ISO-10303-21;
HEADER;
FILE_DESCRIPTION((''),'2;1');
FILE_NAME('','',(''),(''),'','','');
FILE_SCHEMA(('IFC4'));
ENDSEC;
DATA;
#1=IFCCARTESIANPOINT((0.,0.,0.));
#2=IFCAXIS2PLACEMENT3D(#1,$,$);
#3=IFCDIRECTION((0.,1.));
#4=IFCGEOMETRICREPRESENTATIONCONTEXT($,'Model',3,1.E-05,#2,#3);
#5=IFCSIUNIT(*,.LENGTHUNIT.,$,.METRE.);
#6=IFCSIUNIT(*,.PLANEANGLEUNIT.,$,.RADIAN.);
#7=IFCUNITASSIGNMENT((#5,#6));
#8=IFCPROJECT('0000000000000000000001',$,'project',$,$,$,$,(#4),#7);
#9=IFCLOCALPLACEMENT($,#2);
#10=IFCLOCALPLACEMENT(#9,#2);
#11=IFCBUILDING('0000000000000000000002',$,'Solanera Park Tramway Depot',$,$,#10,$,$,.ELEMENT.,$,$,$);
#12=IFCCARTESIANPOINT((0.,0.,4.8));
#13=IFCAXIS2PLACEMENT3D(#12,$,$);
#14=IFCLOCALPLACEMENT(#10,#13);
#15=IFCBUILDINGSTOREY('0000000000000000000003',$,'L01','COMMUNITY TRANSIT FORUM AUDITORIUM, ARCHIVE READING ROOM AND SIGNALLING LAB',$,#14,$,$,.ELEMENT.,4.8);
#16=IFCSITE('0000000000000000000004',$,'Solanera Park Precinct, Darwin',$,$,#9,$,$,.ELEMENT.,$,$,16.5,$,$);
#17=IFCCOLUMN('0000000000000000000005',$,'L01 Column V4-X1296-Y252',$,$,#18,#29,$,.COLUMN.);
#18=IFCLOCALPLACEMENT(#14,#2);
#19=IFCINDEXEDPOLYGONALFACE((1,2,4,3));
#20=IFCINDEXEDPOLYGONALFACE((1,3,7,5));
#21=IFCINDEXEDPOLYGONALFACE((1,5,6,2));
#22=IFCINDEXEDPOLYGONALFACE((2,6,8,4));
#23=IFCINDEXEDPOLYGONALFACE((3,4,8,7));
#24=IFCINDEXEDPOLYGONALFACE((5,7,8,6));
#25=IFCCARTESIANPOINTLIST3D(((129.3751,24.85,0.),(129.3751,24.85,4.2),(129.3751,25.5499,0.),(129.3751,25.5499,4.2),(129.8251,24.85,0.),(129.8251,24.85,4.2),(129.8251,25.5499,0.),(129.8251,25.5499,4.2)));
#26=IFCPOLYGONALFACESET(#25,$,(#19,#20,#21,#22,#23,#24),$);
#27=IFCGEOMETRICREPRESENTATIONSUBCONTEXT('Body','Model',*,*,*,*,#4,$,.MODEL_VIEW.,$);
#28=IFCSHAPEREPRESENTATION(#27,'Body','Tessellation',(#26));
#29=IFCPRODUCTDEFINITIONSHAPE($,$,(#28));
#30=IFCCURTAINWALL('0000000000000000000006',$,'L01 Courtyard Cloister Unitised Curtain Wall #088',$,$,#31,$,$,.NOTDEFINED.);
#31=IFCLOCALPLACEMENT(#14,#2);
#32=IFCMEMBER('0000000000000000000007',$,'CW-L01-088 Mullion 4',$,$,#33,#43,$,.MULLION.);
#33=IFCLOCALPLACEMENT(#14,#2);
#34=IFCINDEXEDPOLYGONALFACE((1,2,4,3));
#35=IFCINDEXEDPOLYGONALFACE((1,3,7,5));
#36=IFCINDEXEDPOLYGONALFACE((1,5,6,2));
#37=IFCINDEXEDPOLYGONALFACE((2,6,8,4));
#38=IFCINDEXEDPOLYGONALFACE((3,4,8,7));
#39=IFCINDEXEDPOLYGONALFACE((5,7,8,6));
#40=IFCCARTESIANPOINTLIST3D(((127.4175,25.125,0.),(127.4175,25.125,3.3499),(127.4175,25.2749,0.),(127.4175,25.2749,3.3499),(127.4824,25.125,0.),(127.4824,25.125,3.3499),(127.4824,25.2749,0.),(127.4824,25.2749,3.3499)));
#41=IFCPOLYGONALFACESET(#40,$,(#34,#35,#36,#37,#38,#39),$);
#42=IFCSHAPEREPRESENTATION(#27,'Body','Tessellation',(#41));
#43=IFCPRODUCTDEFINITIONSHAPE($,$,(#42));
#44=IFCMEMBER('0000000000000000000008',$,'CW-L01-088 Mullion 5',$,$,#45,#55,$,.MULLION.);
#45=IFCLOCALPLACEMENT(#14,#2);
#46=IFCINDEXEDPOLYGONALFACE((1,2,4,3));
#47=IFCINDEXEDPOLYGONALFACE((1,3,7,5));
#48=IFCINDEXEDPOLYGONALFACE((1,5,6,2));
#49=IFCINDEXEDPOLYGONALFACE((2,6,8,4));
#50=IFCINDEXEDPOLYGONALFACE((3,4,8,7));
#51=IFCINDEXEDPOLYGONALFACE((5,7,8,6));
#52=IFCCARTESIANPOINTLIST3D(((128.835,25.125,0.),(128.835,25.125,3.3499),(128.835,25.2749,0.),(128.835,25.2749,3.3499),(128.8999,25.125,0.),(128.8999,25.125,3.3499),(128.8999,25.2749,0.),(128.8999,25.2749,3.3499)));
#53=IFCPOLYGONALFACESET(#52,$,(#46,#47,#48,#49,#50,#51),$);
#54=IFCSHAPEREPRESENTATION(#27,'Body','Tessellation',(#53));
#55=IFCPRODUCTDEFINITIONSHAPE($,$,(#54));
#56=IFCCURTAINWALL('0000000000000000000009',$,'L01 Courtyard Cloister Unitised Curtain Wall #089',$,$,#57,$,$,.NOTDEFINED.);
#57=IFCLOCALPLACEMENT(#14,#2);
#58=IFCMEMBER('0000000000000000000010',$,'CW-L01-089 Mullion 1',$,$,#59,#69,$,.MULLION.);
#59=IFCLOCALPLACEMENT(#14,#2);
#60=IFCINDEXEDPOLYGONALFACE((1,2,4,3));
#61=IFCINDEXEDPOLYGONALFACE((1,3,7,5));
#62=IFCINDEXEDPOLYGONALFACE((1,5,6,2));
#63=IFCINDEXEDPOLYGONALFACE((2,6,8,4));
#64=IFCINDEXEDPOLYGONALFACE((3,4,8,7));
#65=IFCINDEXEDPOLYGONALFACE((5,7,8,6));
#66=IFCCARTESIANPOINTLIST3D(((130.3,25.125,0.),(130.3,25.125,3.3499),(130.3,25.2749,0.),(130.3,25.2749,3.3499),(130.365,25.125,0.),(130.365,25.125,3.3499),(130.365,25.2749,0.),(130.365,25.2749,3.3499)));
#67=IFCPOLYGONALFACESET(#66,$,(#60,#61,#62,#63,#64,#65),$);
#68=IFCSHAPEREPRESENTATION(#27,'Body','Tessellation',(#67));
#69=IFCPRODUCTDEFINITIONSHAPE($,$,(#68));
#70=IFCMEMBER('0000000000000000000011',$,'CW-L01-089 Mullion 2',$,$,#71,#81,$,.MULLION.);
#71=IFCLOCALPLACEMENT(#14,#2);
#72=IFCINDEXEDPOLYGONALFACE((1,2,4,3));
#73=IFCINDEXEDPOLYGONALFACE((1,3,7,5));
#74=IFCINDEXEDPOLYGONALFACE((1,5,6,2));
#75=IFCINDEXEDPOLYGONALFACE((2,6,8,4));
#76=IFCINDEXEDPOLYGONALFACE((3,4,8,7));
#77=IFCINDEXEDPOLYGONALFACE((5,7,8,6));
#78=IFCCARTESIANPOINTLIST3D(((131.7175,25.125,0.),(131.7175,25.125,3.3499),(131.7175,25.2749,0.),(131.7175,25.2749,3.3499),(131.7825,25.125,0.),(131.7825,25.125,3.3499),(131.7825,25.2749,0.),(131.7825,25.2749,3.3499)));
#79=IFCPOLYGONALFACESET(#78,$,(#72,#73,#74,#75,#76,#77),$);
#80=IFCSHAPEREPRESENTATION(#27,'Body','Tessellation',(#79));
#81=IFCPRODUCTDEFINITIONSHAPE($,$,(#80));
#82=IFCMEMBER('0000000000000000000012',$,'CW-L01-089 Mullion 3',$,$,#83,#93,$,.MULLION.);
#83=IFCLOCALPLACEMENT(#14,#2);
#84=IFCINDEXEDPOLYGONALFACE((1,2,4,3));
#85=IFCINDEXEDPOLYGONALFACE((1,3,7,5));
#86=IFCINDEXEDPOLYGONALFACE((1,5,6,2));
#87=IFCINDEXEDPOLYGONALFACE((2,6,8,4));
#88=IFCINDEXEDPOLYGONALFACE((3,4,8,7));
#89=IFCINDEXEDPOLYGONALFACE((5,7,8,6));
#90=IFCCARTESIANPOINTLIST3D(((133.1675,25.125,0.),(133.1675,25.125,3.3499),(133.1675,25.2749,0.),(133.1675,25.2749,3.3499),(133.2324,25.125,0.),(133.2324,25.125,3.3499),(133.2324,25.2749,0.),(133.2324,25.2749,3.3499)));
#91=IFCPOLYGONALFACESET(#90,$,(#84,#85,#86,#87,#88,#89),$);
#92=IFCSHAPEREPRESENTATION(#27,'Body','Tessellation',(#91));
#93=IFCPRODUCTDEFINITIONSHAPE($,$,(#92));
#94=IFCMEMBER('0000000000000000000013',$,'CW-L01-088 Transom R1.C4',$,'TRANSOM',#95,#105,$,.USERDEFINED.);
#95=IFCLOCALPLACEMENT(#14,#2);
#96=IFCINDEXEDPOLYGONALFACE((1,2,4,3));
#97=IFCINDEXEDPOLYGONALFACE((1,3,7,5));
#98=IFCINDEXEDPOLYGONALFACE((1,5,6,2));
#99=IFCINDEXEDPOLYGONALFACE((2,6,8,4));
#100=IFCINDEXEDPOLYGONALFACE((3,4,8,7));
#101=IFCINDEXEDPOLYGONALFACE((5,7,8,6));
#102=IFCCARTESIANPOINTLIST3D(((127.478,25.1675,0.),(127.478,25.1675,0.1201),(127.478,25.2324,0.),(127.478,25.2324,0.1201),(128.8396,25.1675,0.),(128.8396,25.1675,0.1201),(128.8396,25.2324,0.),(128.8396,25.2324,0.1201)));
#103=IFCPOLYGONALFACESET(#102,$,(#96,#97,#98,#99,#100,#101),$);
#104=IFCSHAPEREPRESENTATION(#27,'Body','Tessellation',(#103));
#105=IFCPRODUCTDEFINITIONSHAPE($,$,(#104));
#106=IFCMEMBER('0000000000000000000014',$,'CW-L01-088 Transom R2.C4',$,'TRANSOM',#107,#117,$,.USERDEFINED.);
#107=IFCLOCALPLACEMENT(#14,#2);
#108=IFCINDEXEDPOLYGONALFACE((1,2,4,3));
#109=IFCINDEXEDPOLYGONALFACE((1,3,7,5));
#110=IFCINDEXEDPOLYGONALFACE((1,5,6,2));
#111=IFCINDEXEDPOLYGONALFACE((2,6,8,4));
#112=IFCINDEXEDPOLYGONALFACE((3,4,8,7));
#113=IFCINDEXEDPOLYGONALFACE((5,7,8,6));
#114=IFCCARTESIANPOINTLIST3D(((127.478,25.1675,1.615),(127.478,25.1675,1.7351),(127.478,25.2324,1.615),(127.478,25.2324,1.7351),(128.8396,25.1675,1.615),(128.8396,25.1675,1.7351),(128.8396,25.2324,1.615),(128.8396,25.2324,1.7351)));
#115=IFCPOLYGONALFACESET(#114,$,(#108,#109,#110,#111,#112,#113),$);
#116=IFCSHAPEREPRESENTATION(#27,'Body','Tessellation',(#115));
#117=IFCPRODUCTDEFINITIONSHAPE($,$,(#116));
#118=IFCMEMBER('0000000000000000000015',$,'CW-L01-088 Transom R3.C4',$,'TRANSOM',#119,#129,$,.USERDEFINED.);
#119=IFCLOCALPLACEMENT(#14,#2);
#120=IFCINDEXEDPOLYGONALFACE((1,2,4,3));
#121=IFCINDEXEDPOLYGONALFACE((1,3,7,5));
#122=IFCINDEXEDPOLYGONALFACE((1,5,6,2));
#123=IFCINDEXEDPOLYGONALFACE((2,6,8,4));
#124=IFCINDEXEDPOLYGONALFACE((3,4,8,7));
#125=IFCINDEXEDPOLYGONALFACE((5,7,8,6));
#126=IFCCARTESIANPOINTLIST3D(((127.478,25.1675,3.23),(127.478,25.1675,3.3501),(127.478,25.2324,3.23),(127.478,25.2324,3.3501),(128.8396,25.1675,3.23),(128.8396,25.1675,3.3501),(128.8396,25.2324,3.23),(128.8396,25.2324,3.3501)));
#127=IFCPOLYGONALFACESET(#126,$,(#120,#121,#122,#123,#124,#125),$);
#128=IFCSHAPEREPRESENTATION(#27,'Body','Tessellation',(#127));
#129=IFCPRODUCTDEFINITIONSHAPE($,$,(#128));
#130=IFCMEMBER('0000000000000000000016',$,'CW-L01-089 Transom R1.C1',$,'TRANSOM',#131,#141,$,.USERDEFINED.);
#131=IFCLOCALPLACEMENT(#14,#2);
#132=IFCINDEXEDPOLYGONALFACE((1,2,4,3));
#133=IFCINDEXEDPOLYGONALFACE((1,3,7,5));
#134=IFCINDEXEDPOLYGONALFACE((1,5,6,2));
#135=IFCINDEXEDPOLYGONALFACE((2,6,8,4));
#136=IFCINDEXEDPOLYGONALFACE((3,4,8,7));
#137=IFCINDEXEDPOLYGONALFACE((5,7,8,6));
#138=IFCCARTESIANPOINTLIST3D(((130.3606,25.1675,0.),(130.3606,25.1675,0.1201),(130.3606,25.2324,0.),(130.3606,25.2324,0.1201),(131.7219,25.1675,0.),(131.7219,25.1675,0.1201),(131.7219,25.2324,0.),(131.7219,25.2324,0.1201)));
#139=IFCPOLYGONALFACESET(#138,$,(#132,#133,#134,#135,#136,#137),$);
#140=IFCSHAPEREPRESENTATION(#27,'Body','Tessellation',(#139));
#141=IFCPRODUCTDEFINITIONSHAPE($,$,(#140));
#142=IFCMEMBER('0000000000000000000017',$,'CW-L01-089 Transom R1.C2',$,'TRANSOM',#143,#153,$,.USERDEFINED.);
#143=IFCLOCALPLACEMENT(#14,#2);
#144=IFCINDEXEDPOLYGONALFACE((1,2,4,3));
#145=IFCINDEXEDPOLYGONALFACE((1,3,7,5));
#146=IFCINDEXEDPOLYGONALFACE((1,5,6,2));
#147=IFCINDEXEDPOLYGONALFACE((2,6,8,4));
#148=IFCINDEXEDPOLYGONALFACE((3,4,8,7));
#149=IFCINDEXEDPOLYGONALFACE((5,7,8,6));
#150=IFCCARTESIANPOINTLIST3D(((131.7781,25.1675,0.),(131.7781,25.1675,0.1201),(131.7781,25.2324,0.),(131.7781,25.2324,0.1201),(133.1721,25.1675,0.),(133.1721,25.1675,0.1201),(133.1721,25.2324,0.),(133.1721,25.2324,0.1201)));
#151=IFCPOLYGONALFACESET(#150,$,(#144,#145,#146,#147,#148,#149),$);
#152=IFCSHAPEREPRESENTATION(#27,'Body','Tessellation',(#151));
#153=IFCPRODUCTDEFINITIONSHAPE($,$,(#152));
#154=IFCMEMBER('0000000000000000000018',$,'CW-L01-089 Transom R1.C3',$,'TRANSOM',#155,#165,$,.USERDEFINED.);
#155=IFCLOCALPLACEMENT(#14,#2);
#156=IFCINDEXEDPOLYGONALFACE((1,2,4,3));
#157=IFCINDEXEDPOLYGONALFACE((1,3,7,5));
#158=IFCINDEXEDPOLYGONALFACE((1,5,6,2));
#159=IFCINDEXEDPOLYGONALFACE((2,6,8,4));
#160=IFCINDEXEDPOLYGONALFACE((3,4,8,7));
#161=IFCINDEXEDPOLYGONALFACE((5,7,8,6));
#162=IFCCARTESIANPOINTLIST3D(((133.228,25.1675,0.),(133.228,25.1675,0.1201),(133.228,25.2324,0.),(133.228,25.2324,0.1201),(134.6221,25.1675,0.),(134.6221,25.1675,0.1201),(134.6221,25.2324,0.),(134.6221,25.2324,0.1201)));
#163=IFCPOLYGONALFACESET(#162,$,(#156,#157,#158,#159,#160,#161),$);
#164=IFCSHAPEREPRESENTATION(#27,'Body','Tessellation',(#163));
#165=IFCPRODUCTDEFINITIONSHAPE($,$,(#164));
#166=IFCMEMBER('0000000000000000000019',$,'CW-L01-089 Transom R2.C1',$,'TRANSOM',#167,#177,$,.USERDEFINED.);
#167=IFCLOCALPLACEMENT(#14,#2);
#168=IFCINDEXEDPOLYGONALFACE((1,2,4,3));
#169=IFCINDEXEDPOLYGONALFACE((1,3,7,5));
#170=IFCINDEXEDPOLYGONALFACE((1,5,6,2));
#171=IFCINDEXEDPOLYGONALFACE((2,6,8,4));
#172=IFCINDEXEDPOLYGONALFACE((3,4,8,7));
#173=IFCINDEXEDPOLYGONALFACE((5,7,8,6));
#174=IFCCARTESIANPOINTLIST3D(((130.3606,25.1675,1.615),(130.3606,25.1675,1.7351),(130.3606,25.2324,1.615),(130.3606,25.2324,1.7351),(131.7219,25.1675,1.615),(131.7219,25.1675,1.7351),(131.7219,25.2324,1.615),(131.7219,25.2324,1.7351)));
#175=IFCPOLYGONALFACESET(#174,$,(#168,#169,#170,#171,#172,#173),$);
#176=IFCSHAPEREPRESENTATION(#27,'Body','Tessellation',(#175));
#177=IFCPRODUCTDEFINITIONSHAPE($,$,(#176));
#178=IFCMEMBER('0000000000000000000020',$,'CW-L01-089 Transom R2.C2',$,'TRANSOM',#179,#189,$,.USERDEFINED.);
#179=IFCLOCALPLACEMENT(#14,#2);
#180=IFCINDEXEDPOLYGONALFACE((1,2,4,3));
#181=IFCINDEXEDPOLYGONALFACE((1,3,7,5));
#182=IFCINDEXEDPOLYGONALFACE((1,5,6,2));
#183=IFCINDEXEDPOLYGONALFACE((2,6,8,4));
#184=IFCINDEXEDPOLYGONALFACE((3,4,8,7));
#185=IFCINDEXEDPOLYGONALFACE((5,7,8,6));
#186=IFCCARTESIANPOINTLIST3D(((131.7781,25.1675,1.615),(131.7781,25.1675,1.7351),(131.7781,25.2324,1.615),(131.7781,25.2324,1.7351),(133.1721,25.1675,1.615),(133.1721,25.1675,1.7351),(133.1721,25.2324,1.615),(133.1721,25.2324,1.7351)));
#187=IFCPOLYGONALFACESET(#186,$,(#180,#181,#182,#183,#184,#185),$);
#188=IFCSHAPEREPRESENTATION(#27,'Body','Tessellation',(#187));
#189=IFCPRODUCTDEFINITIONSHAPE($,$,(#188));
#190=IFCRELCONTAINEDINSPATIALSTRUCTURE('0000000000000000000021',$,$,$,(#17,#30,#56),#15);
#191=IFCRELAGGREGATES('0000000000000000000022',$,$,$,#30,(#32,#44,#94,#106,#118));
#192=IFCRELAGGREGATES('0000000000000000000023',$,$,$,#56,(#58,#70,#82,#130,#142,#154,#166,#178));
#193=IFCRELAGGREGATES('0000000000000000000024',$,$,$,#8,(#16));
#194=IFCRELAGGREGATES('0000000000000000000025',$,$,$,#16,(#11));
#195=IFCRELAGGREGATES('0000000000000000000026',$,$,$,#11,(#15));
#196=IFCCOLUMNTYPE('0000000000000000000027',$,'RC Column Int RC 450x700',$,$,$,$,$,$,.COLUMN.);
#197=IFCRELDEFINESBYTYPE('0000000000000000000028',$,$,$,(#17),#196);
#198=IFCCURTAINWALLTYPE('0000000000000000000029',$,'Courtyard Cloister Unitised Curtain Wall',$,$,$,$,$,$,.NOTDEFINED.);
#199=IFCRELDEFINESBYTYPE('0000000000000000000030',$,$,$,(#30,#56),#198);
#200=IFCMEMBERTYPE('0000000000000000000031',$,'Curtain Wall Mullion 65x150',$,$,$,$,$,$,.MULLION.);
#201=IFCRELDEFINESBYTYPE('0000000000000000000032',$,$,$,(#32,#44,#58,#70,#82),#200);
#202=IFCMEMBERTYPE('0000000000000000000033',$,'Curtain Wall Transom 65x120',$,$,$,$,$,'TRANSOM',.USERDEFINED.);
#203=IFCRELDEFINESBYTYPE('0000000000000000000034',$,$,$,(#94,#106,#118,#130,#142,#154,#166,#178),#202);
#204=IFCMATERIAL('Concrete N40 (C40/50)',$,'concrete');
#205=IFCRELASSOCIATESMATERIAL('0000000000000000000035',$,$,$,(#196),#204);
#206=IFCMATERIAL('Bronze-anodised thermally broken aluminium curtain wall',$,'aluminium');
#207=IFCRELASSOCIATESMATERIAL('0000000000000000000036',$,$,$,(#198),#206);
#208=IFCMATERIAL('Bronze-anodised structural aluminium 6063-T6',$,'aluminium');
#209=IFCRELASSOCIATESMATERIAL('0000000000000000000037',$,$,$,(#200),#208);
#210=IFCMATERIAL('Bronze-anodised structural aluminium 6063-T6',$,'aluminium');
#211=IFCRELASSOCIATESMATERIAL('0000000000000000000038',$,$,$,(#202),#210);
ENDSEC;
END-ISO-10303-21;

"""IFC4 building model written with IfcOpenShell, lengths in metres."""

from ifc_helpers import new_model, si_unit, direction, frame, origin, origin_2d, place, context, subcontext, project, spatial, rectangle, extrude, material, material_profile, profile_set, type_object, element, aggregate, save


model = new_model("IFC4")

# Units and contexts
model_context = context("Model", 3, precision=1e-05, world=origin(), true_north=direction((0.0, 1.0)))
body_context = subcontext(model_context, "Body", "Model", "MODEL_VIEW")
ifc_project = project(units=[si_unit("LENGTHUNIT", "METRE"), si_unit("PLANEANGLEUNIT", "RADIAN")], contexts=[model_context])

# Site, building, storey
site_placement = place(None, origin())
site = spatial("IfcSite", under=ifc_project, at=site_placement, Name="Solanera Park Precinct, Darwin", CompositionType="ELEMENT", RefElevation=16.5)
building_placement = place(site_placement, origin())
building = spatial("IfcBuilding", under=site, at=building_placement, Name="Solanera Park Tramway Depot", CompositionType="ELEMENT")
storey_placement = place(building_placement, frame((0.0, 0.0, 4.8)))
storey = spatial("IfcBuildingStorey", under=building, at=storey_placement, Name="L01", Description="COMMUNITY TRANSIT FORUM AUDITORIUM, ARCHIVE READING ROOM AND SIGNALLING LAB", CompositionType="ELEMENT", Elevation=4.8)

# Column
ifc_material_1 = material(Name="Concrete N40 (C40/50)", Category="concrete")
ifc_material_profile_1 = material_profile(ifc_material_1, rectangle(XDim=0.45, YDim=0.7, at=origin_2d()), Name="RC 450x700")
ifc_profile_set_1 = profile_set([ifc_material_profile_1], Name="Concrete N40 (C40/50)")
column_type = type_object("IfcColumnType", Name="RC Column Int RC 450x700", PredefinedType="COLUMN", material=ifc_profile_set_1)
column_placement = place(storey_placement, frame((129.6001, 25.2, 0.0), z_axis=(0.0, 0.0, 1.0), x_axis=(1.0, 0.0, 0.0)))
element("IfcColumn", 1, at=column_placement, inside=storey, type_object=column_type, Name="L01 Column V4-X1296-Y252", PredefinedType="COLUMN", context=body_context, shape_type="SweptSolid", body=[
    extrude(rectangle(XDim=0.45, YDim=0.7, at=origin_2d()), origin(), (0.0, 0.0, 1.0), 4.2),
])

# Curtain walls, members
ifc_material_2 = material(Name="Bronze-anodised thermally broken aluminium curtain wall", Category="aluminium")
curtain_wall_type = type_object("IfcCurtainWallType", Name="Courtyard Cloister Unitised Curtain Wall", PredefinedType="NOTDEFINED", material=ifc_material_2)
curtain_wall_1_placement = place(storey_placement, origin())
curtain_wall_1 = element("IfcCurtainWall", 2, at=curtain_wall_1_placement, inside=storey, type_object=curtain_wall_type, Name="L01 Courtyard Cloister Unitised Curtain Wall #088", PredefinedType="NOTDEFINED")
ifc_material_3 = material(Name="Bronze-anodised structural aluminium 6063-T6", Category="aluminium")
ifc_material_profile_2 = material_profile(ifc_material_3, rectangle(XDim=0.0649, YDim=0.1499, at=origin_2d()), Name="Curtain Wall Mullion 65x150")
ifc_profile_set_2 = profile_set([ifc_material_profile_2], Name="Bronze-anodised structural aluminium 6063-T6")
member_type_1 = type_object("IfcMemberType", Name="Curtain Wall Mullion 65x150", PredefinedType="MULLION", material=ifc_profile_set_2)
member_1_placement = place(storey_placement, frame((127.45, 25.2, 0.0), z_axis=(0.0, 0.0, 1.0), x_axis=(1.0, 0.0, 0.0)))
member_1 = element("IfcMember", 3, at=member_1_placement, type_object=member_type_1, Name="CW-L01-088 Mullion 4", PredefinedType="MULLION", context=body_context, shape_type="SweptSolid", body=[
    extrude(rectangle(XDim=0.0649, YDim=0.1499, at=origin_2d()), origin(), (0.0, 0.0, 1.0), 3.3499),
])
member_2_placement = place(storey_placement, frame((128.8674, 25.2, 0.0), z_axis=(0.0, 0.0, 1.0), x_axis=(1.0, 0.0, 0.0)))
member_2 = element("IfcMember", 4, at=member_2_placement, type_object=member_type_1, Name="CW-L01-088 Mullion 5", PredefinedType="MULLION", context=body_context, shape_type="SweptSolid", body=[
    extrude(rectangle(XDim=0.0649, YDim=0.1499, at=origin_2d()), origin(), (0.0, 0.0, 1.0), 3.3499),
])
curtain_wall_2_placement = place(storey_placement, origin())
curtain_wall_2 = element("IfcCurtainWall", 5, at=curtain_wall_2_placement, inside=storey, type_object=curtain_wall_type, Name="L01 Courtyard Cloister Unitised Curtain Wall #089", PredefinedType="NOTDEFINED")
member_3_placement = place(storey_placement, frame((130.3325, 25.2, 0.0), z_axis=(0.0, 0.0, 1.0), x_axis=(1.0, 0.0, 0.0)))
member_3 = element("IfcMember", 6, at=member_3_placement, type_object=member_type_1, Name="CW-L01-089 Mullion 1", PredefinedType="MULLION", context=body_context, shape_type="SweptSolid", body=[
    extrude(rectangle(XDim=0.0649, YDim=0.1499, at=origin_2d()), origin(), (0.0, 0.0, 1.0), 3.3499),
])
member_4_placement = place(storey_placement, frame((131.75, 25.2, 0.0), z_axis=(0.0, 0.0, 1.0), x_axis=(1.0, 0.0, 0.0)))
member_4 = element("IfcMember", 7, at=member_4_placement, type_object=member_type_1, Name="CW-L01-089 Mullion 2", PredefinedType="MULLION", context=body_context, shape_type="SweptSolid", body=[
    extrude(rectangle(XDim=0.0649, YDim=0.1499, at=origin_2d()), origin(), (0.0, 0.0, 1.0), 3.3499),
])
member_5_placement = place(storey_placement, frame((133.2, 25.2, 0.0), z_axis=(0.0, 0.0, 1.0), x_axis=(1.0, 0.0, 0.0)))
member_5 = element("IfcMember", 8, at=member_5_placement, type_object=member_type_1, Name="CW-L01-089 Mullion 3", PredefinedType="MULLION", context=body_context, shape_type="SweptSolid", body=[
    extrude(rectangle(XDim=0.0649, YDim=0.1499, at=origin_2d()), origin(), (0.0, 0.0, 1.0), 3.3499),
])

# Members
ifc_material_4 = material(Name="Bronze-anodised structural aluminium 6063-T6", Category="aluminium")
ifc_material_profile_3 = material_profile(ifc_material_4, rectangle(XDim=0.0649, YDim=0.1201, at=origin_2d()), Name="Curtain Wall Transom 65x120")
ifc_profile_set_3 = profile_set([ifc_material_profile_3], Name="Bronze-anodised structural aluminium 6063-T6")
member_type_2 = type_object("IfcMemberType", Name="Curtain Wall Transom 65x120", ElementType="TRANSOM", PredefinedType="USERDEFINED", material=ifc_profile_set_3)
member_6_placement = place(storey_placement, frame((127.478, 25.2, 0.0601), z_axis=(1.0, 0.0, 0.0), x_axis=(0.0, 1.0, 0.0)))
member_6 = element("IfcMember", 9, at=member_6_placement, type_object=member_type_2, Name="CW-L01-088 Transom R1.C4", ObjectType="TRANSOM", PredefinedType="USERDEFINED", context=body_context, shape_type="SweptSolid", body=[
    extrude(rectangle(XDim=0.0649, YDim=0.1201, at=origin_2d()), origin(), (0.0, 0.0, 1.0), 1.3616),
])
member_7_placement = place(storey_placement, frame((127.478, 25.2, 1.675), z_axis=(1.0, 0.0, 0.0), x_axis=(0.0, 1.0, 0.0)))
member_7 = element("IfcMember", 10, at=member_7_placement, type_object=member_type_2, Name="CW-L01-088 Transom R2.C4", ObjectType="TRANSOM", PredefinedType="USERDEFINED", context=body_context, shape_type="SweptSolid", body=[
    extrude(rectangle(XDim=0.0649, YDim=0.1201, at=origin_2d()), origin(), (0.0, 0.0, 1.0), 1.3616),
])
member_8_placement = place(storey_placement, frame((127.478, 25.2, 3.29), z_axis=(1.0, 0.0, 0.0), x_axis=(0.0, 1.0, 0.0)))
member_8 = element("IfcMember", 11, at=member_8_placement, type_object=member_type_2, Name="CW-L01-088 Transom R3.C4", ObjectType="TRANSOM", PredefinedType="USERDEFINED", context=body_context, shape_type="SweptSolid", body=[
    extrude(rectangle(XDim=0.0649, YDim=0.1201, at=origin_2d()), origin(), (0.0, 0.0, 1.0), 1.3616),
])
member_9_placement = place(storey_placement, frame((130.3606, 25.2, 0.0601), z_axis=(1.0, 0.0, 0.0), x_axis=(0.0, 1.0, 0.0)))
member_9 = element("IfcMember", 12, at=member_9_placement, type_object=member_type_2, Name="CW-L01-089 Transom R1.C1", ObjectType="TRANSOM", PredefinedType="USERDEFINED", context=body_context, shape_type="SweptSolid", body=[
    extrude(rectangle(XDim=0.0649, YDim=0.1201, at=origin_2d()), origin(), (0.0, 0.0, 1.0), 1.3613),
])
member_10_placement = place(storey_placement, frame((131.7781, 25.2, 0.0601), z_axis=(1.0, 0.0, 0.0), x_axis=(0.0, 1.0, 0.0)))
member_10 = element("IfcMember", 13, at=member_10_placement, type_object=member_type_2, Name="CW-L01-089 Transom R1.C2", ObjectType="TRANSOM", PredefinedType="USERDEFINED", context=body_context, shape_type="SweptSolid", body=[
    extrude(rectangle(XDim=0.0649, YDim=0.1201, at=origin_2d()), origin(), (0.0, 0.0, 1.0), 1.394),
])
member_11_placement = place(storey_placement, frame((133.228, 25.2, 0.0601), z_axis=(1.0, 0.0, 0.0), x_axis=(0.0, 1.0, 0.0)))
member_11 = element("IfcMember", 14, at=member_11_placement, type_object=member_type_2, Name="CW-L01-089 Transom R1.C3", ObjectType="TRANSOM", PredefinedType="USERDEFINED", context=body_context, shape_type="SweptSolid", body=[
    extrude(rectangle(XDim=0.0649, YDim=0.1201, at=origin_2d()), origin(), (0.0, 0.0, 1.0), 1.394),
])
member_12_placement = place(storey_placement, frame((130.3606, 25.2, 1.675), z_axis=(1.0, 0.0, 0.0), x_axis=(0.0, 1.0, 0.0)))
member_12 = element("IfcMember", 15, at=member_12_placement, type_object=member_type_2, Name="CW-L01-089 Transom R2.C1", ObjectType="TRANSOM", PredefinedType="USERDEFINED", context=body_context, shape_type="SweptSolid", body=[
    extrude(rectangle(XDim=0.0649, YDim=0.1201, at=origin_2d()), origin(), (0.0, 0.0, 1.0), 1.3613),
])
member_13_placement = place(storey_placement, frame((131.7781, 25.2, 1.675), z_axis=(1.0, 0.0, 0.0), x_axis=(0.0, 1.0, 0.0)))
member_13 = element("IfcMember", 16, at=member_13_placement, type_object=member_type_2, Name="CW-L01-089 Transom R2.C2", ObjectType="TRANSOM", PredefinedType="USERDEFINED", context=body_context, shape_type="SweptSolid", body=[
    extrude(rectangle(XDim=0.0649, YDim=0.1201, at=origin_2d()), origin(), (0.0, 0.0, 1.0), 1.394),
])

aggregate(curtain_wall_1, [member_1, member_2, member_6, member_7, member_8])
aggregate(curtain_wall_2, [member_3, member_4, member_5, member_9, member_10, member_11, member_12, member_13])

save(model, "model.ifc")
